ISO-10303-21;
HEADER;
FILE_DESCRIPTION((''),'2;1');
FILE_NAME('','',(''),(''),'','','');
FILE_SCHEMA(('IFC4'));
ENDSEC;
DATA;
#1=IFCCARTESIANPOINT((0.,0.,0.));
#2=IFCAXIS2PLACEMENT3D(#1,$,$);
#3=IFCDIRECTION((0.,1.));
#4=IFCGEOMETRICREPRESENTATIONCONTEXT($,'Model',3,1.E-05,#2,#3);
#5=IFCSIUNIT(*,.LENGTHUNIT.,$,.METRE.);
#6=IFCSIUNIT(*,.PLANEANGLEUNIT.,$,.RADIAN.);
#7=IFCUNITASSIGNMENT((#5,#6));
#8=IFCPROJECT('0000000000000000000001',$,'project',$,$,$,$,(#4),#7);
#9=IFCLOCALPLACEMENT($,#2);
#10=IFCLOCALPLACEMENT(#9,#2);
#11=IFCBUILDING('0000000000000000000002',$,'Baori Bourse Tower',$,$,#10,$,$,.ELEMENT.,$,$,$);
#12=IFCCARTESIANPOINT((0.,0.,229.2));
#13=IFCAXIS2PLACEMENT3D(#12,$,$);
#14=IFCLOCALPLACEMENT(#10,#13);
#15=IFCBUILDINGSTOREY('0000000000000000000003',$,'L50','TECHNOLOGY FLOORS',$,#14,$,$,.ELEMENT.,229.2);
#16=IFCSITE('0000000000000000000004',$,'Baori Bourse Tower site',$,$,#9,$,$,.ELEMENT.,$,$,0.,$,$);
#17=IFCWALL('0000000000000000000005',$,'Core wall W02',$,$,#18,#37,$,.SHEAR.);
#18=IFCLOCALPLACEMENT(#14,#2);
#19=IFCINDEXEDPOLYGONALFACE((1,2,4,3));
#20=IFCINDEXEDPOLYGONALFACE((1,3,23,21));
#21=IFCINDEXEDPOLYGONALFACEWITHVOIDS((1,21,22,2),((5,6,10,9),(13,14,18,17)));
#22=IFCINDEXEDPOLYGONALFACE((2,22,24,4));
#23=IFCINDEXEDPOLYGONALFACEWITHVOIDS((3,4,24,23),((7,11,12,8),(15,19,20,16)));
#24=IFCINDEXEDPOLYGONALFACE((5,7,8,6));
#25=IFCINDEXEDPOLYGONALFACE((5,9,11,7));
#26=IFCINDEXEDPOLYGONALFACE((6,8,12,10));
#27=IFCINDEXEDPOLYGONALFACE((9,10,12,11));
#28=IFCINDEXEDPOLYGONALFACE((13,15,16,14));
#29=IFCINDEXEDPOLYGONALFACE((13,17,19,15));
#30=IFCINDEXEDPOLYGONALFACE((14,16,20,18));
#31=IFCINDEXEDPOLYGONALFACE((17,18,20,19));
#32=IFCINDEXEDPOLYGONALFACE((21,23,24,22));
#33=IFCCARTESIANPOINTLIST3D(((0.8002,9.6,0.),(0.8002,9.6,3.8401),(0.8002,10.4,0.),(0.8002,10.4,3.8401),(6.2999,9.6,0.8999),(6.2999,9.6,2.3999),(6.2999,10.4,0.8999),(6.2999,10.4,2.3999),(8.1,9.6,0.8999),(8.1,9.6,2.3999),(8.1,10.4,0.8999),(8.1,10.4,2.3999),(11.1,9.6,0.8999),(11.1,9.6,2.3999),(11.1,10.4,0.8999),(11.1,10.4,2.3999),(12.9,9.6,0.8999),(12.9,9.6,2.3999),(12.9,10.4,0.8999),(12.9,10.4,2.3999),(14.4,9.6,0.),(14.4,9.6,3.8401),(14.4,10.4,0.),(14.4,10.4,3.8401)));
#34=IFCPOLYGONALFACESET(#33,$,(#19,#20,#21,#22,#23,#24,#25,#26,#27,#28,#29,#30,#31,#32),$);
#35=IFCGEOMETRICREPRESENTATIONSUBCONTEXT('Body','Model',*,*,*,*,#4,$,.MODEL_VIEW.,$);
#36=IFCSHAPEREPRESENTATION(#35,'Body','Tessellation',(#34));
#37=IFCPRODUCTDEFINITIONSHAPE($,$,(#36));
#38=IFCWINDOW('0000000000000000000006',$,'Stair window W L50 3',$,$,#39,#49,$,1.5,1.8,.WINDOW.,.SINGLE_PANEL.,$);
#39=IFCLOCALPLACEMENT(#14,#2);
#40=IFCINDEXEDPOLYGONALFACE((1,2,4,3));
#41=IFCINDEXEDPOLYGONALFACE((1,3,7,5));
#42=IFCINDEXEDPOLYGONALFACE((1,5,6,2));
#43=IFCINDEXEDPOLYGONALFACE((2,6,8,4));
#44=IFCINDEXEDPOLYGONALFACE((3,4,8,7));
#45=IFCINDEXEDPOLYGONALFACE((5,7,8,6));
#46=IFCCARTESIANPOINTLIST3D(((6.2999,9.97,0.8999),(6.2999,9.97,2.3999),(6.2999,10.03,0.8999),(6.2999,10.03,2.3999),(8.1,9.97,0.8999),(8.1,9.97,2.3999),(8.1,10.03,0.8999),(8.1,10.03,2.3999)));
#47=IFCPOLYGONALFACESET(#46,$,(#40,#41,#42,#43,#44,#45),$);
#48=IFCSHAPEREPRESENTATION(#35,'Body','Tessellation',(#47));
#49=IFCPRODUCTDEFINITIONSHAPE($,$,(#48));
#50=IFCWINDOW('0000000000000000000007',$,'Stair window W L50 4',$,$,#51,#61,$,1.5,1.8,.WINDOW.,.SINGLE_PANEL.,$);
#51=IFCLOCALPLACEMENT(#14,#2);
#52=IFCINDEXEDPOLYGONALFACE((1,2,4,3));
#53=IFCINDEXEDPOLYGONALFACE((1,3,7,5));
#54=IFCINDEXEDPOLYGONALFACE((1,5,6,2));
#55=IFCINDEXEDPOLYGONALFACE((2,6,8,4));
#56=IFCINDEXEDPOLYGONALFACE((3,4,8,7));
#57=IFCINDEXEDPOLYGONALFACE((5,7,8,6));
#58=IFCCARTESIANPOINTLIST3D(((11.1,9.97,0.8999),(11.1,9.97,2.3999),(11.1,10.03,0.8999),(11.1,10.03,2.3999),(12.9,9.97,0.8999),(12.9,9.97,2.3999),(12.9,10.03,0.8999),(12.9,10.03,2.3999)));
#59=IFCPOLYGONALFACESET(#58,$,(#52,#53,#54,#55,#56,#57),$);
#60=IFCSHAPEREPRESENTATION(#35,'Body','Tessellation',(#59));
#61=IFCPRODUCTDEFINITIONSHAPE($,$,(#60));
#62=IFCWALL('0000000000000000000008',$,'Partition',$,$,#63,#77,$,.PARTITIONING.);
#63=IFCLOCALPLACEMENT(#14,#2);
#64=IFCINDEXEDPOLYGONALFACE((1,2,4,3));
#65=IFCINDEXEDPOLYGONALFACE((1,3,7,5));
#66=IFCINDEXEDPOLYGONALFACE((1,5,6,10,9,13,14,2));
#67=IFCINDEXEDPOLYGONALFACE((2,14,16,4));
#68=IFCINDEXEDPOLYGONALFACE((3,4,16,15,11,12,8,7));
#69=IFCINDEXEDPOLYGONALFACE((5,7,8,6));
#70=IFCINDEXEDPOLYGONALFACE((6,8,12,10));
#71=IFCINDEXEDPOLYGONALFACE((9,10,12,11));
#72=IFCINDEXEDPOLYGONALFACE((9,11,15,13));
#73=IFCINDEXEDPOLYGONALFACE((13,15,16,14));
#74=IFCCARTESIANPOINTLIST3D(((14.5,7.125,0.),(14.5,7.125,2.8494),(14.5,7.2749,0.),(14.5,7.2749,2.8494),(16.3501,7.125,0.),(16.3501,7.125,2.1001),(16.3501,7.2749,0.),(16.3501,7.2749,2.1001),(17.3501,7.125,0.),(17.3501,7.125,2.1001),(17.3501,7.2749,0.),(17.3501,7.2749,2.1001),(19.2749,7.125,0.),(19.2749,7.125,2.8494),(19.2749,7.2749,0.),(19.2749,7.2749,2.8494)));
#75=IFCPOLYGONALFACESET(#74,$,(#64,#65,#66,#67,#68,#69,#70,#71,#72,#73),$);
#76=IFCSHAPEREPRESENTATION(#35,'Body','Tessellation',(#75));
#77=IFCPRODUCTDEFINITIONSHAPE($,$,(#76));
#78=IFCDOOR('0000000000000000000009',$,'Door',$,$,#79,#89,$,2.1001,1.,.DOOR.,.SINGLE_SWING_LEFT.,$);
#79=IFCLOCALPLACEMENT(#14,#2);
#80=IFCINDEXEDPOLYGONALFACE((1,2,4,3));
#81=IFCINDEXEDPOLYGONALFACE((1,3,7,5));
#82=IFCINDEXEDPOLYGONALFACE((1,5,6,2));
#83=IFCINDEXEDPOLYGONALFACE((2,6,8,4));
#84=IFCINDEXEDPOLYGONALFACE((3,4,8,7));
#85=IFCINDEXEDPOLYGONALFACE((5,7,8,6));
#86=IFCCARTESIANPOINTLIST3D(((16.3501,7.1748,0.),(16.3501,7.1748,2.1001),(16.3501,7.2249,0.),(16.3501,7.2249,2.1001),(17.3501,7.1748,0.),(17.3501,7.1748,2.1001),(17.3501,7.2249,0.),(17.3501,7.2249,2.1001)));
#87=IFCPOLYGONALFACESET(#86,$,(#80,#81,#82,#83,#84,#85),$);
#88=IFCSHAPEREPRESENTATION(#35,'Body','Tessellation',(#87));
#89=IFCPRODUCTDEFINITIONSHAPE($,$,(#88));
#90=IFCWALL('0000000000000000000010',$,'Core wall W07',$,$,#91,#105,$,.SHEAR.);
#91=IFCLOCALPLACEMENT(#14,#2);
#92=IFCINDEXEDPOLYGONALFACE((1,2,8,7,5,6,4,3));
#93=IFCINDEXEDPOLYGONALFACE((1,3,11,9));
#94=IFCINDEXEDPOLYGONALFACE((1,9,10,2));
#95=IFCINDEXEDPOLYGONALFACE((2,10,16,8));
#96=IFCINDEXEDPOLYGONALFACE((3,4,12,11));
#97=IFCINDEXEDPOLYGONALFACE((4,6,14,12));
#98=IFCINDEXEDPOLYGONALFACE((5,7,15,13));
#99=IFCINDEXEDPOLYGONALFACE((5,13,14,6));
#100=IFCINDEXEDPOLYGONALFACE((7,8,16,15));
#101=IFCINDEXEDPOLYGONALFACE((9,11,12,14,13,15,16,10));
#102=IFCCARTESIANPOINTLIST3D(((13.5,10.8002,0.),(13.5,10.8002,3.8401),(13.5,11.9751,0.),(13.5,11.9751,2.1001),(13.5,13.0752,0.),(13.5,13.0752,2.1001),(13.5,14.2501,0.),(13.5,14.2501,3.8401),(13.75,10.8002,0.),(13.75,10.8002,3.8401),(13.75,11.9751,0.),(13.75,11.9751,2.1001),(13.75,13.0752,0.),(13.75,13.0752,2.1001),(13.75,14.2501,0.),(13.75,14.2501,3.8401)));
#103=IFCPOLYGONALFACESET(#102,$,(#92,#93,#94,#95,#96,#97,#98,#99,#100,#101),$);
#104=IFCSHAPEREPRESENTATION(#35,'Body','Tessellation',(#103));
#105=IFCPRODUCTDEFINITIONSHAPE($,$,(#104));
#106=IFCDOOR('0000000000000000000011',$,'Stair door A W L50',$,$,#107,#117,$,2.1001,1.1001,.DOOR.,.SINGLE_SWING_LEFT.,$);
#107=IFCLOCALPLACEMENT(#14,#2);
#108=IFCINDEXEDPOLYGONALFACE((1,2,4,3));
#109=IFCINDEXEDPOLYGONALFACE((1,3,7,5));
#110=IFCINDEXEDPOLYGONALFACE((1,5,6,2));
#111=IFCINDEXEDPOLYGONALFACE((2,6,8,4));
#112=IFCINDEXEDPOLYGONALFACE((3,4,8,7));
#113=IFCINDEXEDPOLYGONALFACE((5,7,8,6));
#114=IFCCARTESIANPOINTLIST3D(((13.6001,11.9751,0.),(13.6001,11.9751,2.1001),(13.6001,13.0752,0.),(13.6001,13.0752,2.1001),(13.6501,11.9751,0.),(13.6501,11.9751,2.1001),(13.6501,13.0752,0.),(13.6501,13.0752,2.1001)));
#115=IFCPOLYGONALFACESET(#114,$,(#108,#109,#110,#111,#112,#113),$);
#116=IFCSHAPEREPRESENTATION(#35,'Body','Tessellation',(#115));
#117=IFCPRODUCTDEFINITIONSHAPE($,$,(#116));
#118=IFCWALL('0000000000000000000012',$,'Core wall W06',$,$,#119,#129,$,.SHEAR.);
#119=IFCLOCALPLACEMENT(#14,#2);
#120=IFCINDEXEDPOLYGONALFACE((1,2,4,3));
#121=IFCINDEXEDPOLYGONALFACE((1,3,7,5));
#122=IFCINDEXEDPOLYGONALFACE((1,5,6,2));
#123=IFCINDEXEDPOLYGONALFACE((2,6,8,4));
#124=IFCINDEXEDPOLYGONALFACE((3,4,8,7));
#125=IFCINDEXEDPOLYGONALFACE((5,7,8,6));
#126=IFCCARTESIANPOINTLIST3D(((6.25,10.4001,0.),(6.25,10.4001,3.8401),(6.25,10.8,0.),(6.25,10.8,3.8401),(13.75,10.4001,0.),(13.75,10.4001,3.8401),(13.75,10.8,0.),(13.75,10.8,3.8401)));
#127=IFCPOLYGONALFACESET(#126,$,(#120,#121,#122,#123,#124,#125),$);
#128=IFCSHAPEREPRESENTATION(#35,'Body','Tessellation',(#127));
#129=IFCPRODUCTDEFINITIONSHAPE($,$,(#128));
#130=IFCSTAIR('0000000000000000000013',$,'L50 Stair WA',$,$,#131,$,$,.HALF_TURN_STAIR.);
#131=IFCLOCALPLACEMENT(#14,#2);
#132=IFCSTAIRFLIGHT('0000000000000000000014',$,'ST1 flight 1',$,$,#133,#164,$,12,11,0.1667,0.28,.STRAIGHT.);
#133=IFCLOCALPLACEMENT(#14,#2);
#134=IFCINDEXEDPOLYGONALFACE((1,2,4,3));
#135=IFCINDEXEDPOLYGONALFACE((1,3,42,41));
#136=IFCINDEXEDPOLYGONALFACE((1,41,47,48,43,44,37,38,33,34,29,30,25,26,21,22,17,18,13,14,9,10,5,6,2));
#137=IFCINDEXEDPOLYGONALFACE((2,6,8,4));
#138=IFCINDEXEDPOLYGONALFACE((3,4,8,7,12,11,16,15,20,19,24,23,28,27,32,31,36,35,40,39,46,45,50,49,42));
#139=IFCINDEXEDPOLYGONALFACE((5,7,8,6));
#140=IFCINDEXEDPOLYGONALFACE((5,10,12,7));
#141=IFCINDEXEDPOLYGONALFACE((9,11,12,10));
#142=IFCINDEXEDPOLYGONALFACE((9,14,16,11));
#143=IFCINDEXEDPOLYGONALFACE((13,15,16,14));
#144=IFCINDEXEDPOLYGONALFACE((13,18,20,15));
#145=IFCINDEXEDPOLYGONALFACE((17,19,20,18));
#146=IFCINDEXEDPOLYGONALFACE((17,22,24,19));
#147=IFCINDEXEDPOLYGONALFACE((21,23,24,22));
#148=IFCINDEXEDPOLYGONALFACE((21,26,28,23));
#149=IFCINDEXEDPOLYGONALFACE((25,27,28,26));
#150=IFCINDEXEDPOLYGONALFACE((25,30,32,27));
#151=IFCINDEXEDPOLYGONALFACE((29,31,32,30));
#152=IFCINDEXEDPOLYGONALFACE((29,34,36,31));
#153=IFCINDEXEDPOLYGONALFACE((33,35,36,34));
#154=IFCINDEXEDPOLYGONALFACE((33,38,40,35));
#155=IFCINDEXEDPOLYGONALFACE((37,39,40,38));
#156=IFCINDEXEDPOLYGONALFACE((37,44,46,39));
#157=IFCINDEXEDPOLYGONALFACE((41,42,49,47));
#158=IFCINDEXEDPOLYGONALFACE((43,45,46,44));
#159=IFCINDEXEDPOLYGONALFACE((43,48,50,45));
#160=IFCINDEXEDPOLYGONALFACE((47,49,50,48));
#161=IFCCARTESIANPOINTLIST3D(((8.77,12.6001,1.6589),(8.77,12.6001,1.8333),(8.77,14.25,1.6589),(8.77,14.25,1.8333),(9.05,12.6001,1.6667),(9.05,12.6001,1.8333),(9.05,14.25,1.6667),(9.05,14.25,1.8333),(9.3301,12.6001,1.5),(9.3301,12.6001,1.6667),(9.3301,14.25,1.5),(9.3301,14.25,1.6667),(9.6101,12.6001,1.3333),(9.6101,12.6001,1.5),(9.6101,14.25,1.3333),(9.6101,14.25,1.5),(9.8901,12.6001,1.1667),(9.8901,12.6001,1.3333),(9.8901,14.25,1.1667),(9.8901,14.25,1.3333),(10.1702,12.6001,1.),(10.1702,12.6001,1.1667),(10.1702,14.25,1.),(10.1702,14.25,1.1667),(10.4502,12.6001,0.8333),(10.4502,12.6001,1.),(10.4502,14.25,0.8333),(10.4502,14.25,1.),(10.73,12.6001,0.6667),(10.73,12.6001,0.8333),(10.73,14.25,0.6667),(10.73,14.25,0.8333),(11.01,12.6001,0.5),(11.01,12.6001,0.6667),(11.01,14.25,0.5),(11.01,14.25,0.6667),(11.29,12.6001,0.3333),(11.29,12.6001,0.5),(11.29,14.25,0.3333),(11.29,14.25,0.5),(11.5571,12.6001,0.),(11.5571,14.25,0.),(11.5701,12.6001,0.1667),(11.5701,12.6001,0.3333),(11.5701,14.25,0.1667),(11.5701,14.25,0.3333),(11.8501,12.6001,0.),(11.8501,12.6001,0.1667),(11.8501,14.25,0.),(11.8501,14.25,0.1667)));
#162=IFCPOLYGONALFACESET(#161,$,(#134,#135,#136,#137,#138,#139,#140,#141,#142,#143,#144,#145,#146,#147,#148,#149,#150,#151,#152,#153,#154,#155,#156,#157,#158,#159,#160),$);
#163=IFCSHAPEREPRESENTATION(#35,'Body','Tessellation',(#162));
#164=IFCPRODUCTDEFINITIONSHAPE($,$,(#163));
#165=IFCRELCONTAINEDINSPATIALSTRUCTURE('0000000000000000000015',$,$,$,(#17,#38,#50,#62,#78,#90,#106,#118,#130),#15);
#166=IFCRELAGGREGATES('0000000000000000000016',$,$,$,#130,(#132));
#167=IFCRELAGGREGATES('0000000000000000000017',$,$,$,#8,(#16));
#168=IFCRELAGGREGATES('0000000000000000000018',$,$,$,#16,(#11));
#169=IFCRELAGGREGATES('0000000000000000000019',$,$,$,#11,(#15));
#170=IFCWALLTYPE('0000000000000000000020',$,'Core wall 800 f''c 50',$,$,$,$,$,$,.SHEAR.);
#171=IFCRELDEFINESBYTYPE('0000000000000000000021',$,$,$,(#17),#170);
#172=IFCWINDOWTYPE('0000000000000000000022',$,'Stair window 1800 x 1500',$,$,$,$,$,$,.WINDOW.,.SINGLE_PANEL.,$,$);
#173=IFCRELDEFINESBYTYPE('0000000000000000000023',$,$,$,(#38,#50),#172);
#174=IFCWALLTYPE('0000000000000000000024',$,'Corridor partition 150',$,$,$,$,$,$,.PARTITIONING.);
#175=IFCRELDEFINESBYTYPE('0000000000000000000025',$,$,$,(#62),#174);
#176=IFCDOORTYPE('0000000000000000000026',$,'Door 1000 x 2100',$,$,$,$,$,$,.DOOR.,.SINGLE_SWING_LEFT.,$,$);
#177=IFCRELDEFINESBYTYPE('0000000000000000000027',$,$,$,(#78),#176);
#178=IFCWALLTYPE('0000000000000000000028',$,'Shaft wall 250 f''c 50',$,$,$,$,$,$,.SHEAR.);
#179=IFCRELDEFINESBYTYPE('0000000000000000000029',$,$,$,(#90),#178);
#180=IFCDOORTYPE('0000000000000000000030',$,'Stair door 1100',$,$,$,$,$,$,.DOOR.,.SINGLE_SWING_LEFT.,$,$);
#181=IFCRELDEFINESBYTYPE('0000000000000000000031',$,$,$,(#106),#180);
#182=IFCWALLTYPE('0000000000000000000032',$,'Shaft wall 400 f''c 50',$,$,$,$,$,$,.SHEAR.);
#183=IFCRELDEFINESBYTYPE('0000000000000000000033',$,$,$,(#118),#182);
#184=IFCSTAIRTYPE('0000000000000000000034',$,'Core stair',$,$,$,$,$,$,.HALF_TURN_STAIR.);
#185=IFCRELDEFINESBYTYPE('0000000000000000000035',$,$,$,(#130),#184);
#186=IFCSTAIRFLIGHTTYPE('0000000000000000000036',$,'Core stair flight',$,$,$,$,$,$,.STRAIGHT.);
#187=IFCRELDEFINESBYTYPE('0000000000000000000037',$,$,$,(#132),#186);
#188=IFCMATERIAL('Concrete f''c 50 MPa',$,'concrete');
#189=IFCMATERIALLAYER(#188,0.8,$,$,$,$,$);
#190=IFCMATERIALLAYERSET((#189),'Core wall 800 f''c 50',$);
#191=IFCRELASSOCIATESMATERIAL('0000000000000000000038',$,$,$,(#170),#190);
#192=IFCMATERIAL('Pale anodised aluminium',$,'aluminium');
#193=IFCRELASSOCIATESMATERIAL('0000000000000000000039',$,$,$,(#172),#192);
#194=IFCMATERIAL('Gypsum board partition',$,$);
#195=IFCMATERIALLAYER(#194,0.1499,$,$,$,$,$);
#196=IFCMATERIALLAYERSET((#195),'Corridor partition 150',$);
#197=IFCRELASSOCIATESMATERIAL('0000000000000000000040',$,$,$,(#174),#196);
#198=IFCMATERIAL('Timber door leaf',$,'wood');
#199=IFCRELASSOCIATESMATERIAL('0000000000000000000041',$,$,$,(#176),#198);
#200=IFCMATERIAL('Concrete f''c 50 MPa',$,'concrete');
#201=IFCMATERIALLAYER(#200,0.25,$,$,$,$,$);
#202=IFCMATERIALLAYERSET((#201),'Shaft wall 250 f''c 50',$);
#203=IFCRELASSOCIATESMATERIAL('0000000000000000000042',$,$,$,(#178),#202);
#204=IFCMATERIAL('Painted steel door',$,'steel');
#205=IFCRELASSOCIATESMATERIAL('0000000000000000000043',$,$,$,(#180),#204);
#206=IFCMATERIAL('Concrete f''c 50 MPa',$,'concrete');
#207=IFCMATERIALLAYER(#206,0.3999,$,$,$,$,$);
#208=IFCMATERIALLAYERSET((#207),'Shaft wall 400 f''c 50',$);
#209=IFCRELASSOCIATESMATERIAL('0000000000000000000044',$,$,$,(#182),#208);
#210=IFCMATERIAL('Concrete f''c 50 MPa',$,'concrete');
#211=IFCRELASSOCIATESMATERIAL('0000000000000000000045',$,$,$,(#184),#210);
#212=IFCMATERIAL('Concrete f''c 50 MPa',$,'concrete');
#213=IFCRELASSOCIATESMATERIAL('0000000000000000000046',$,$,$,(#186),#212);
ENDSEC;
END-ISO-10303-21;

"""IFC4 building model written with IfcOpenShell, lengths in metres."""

from ifc_helpers import new_model, si_unit, direction, frame, frame_2d, origin, place, context, subcontext, project, spatial, polyline, rectangle, outline, extrude, material, layer, layer_set, type_object, element, fill, aggregate, save


model = new_model("IFC4")

# Units and contexts
model_context = context("Model", 3, precision=1e-05, world=origin(), true_north=direction((0.0, 1.0)))
body_context = subcontext(model_context, "Body", "Model", "MODEL_VIEW")
ifc_project = project(units=[si_unit("LENGTHUNIT", "METRE"), si_unit("PLANEANGLEUNIT", "RADIAN")], contexts=[model_context])

# Site, building, storey
site_placement = place(None, origin())
site = spatial("IfcSite", under=ifc_project, at=site_placement, Name="Baori Bourse Tower site", CompositionType="ELEMENT", RefElevation=0.0)
building_placement = place(site_placement, origin())
building = spatial("IfcBuilding", under=site, at=building_placement, Name="Baori Bourse Tower", CompositionType="ELEMENT")
storey_placement = place(building_placement, frame((0.0, 0.0, 229.2)))
storey = spatial("IfcBuildingStorey", under=building, at=storey_placement, Name="L50", Description="TECHNOLOGY FLOORS", CompositionType="ELEMENT", Elevation=229.2)

# Wall, openings, windows
ifc_material_1 = material(Name="Concrete f'c 50 MPa", Category="concrete")
ifc_layer_1 = layer(ifc_material_1, 0.8)
ifc_layer_set_1 = layer_set([ifc_layer_1], Name="Core wall 800 f'c 50")
wall_type_1 = type_object("IfcWallType", Name="Core wall 800 f'c 50", PredefinedType="SHEAR", material=ifc_layer_set_1)
wall_1_placement = place(storey_placement, frame((14.3999, 10.0, 0.0), z_axis=(0.0, 0.0, 1.0), x_axis=(-1.0, 0.0, 0.0)))
wall_1 = element("IfcWall", 1, at=wall_1_placement, inside=storey, type_object=wall_type_1, Name="Core wall W02", PredefinedType="SHEAR", context=body_context, shape_type="SweptSolid", body=[
    extrude(rectangle(XDim=13.5999, YDim=0.8, at=frame_2d((6.7998, 0.0))), origin(), (0.0, 0.0, 1.0), 3.8401),
])
opening_1_placement = place(wall_1_placement, frame((6.3, 0.0, 0.8999)))
opening_1 = element("IfcOpeningElement", 2, at=opening_1_placement, cuts=wall_1, PredefinedType="OPENING", context=body_context, shape_type="SweptSolid", body=[
    extrude(rectangle(XDim=1.8, YDim=1.5, at=frame_2d((0.8999, 0.75))), frame((0.0, 0.4099, 0.0), z_axis=(0.0, -1.0, 0.0), x_axis=(1.0, 0.0, 0.0)), (0.0, 0.0, 1.0), 0.8201),
])
opening_2_placement = place(wall_1_placement, frame((1.5, 0.0, 0.8999)))
opening_2 = element("IfcOpeningElement", 3, at=opening_2_placement, cuts=wall_1, PredefinedType="OPENING", context=body_context, shape_type="SweptSolid", body=[
    extrude(rectangle(XDim=1.8, YDim=1.5, at=frame_2d((0.8999, 0.75))), frame((0.0, 0.4099, 0.0), z_axis=(0.0, -1.0, 0.0), x_axis=(1.0, 0.0, 0.0)), (0.0, 0.0, 1.0), 0.8201),
])
ifc_material_2 = material(Name="Pale anodised aluminium", Category="aluminium")
window_type = type_object("IfcWindowType", Name="Stair window 1800 x 1500", PartitioningType="SINGLE_PANEL", PredefinedType="WINDOW", material=ifc_material_2)
window_1_placement = place(opening_1_placement, origin())
window_1 = element("IfcWindow", 4, at=window_1_placement, inside=storey, type_object=window_type, Name="Stair window W L50 3", OverallHeight=1.5, OverallWidth=1.8, PartitioningType="SINGLE_PANEL", PredefinedType="WINDOW", context=body_context, shape_type="SweptSolid", body=[
    extrude(rectangle(XDim=1.8, YDim=1.5, at=frame_2d((0.8999, 0.75))), frame((0.0, 0.03, 0.0), z_axis=(0.0, -1.0, 0.0), x_axis=(1.0, 0.0, 0.0)), (0.0, 0.0, 1.0), 0.0601),
])
fill(opening_1, window_1)
window_2_placement = place(opening_2_placement, origin())
window_2 = element("IfcWindow", 5, at=window_2_placement, inside=storey, type_object=window_type, Name="Stair window W L50 4", OverallHeight=1.5, OverallWidth=1.8, PartitioningType="SINGLE_PANEL", PredefinedType="WINDOW", context=body_context, shape_type="SweptSolid", body=[
    extrude(rectangle(XDim=1.8, YDim=1.5, at=frame_2d((0.8999, 0.75))), frame((0.0, 0.03, 0.0), z_axis=(0.0, -1.0, 0.0), x_axis=(1.0, 0.0, 0.0)), (0.0, 0.0, 1.0), 0.0601),
])
fill(opening_2, window_2)

# Walls, openings, doors
ifc_material_3 = material(Name="Gypsum board partition")
ifc_layer_2 = layer(ifc_material_3, 0.1499)
ifc_layer_set_2 = layer_set([ifc_layer_2], Name="Corridor partition 150")
wall_type_2 = type_object("IfcWallType", Name="Corridor partition 150", PredefinedType="PARTITIONING", material=ifc_layer_set_2)
wall_2_placement = place(storey_placement, frame((14.5, 7.2, 0.0), z_axis=(0.0, 0.0, 1.0), x_axis=(1.0, 0.0, 0.0)))
wall_2 = element("IfcWall", 6, at=wall_2_placement, inside=storey, type_object=wall_type_2, Name="Partition", PredefinedType="PARTITIONING", context=body_context, shape_type="SweptSolid", body=[
    extrude(rectangle(XDim=4.7749, YDim=0.1499, at=frame_2d((2.3875, 0.0))), origin(), (0.0, 0.0, 1.0), 2.8494),
])
opening_3_placement = place(wall_2_placement, frame((1.8501, 0.0, 0.0)))
opening_3 = element("IfcOpeningElement", 7, at=opening_3_placement, cuts=wall_2, PredefinedType="OPENING", context=body_context, shape_type="SweptSolid", body=[
    extrude(rectangle(XDim=1.0, YDim=2.1001, at=frame_2d((0.5, 1.05))), frame((0.0, 0.085, 0.0), z_axis=(0.0, -1.0, 0.0), x_axis=(1.0, 0.0, 0.0)), (0.0, 0.0, 1.0), 0.1699),
])
ifc_material_4 = material(Name="Timber door leaf", Category="wood")
door_type_1 = type_object("IfcDoorType", Name="Door 1000 x 2100", OperationType="SINGLE_SWING_LEFT", PredefinedType="DOOR", material=ifc_material_4)
door_1_placement = place(opening_3_placement, origin())
door_1 = element("IfcDoor", 8, at=door_1_placement, inside=storey, type_object=door_type_1, Name="Door", OperationType="SINGLE_SWING_LEFT", OverallHeight=2.1001, OverallWidth=1.0, PredefinedType="DOOR", context=body_context, shape_type="SweptSolid", body=[
    extrude(rectangle(XDim=1.0, YDim=2.1001, at=frame_2d((0.5, 1.05))), frame((0.0, 0.0249, 0.0), z_axis=(0.0, -1.0, 0.0), x_axis=(1.0, 0.0, 0.0)), (0.0, 0.0, 1.0), 0.05),
])
fill(opening_3, door_1)
ifc_material_5 = material(Name="Concrete f'c 50 MPa", Category="concrete")
ifc_layer_3 = layer(ifc_material_5, 0.25)
ifc_layer_set_3 = layer_set([ifc_layer_3], Name="Shaft wall 250 f'c 50")
wall_type_3 = type_object("IfcWallType", Name="Shaft wall 250 f'c 50", PredefinedType="SHEAR", material=ifc_layer_set_3)
wall_3_placement = place(storey_placement, frame((13.625, 10.8, 0.0), z_axis=(0.0, 0.0, 1.0), x_axis=(0.0, 1.0, 0.0)))
wall_3 = element("IfcWall", 9, at=wall_3_placement, inside=storey, type_object=wall_type_3, Name="Core wall W07", PredefinedType="SHEAR", context=body_context, shape_type="SweptSolid", body=[
    extrude(rectangle(XDim=3.45, YDim=0.25, at=frame_2d((1.7251, 0.0))), origin(), (0.0, 0.0, 1.0), 3.8401),
])
opening_4_placement = place(wall_3_placement, frame((1.175, 0.0, 0.0)))
opening_4 = element("IfcOpeningElement", 10, at=opening_4_placement, cuts=wall_3, PredefinedType="OPENING", context=body_context, shape_type="SweptSolid", body=[
    extrude(rectangle(XDim=1.1001, YDim=2.1001, at=frame_2d((0.55, 1.05))), frame((0.0, 0.135, 0.0), z_axis=(0.0, -1.0, 0.0), x_axis=(1.0, 0.0, 0.0)), (0.0, 0.0, 1.0), 0.27),
])
ifc_material_6 = material(Name="Painted steel door", Category="steel")
door_type_2 = type_object("IfcDoorType", Name="Stair door 1100", OperationType="SINGLE_SWING_LEFT", PredefinedType="DOOR", material=ifc_material_6)
door_2_placement = place(opening_4_placement, origin())
door_2 = element("IfcDoor", 11, at=door_2_placement, inside=storey, type_object=door_type_2, Name="Stair door A W L50", OperationType="SINGLE_SWING_LEFT", OverallHeight=2.1001, OverallWidth=1.1001, PredefinedType="DOOR", context=body_context, shape_type="SweptSolid", body=[
    extrude(rectangle(XDim=1.1001, YDim=2.1001, at=frame_2d((0.55, 1.05))), frame((0.0, 0.0249, 0.0), z_axis=(0.0, -1.0, 0.0), x_axis=(1.0, 0.0, 0.0)), (0.0, 0.0, 1.0), 0.05),
])
fill(opening_4, door_2)

# Wall
ifc_material_7 = material(Name="Concrete f'c 50 MPa", Category="concrete")
ifc_layer_4 = layer(ifc_material_7, 0.3999)
ifc_layer_set_4 = layer_set([ifc_layer_4], Name="Shaft wall 400 f'c 50")
wall_type_4 = type_object("IfcWallType", Name="Shaft wall 400 f'c 50", PredefinedType="SHEAR", material=ifc_layer_set_4)
wall_4_placement = place(storey_placement, frame((6.25, 10.6001, 0.0), z_axis=(0.0, 0.0, 1.0), x_axis=(1.0, 0.0, 0.0)))
element("IfcWall", 12, at=wall_4_placement, inside=storey, type_object=wall_type_4, Name="Core wall W06", PredefinedType="SHEAR", context=body_context, shape_type="SweptSolid", body=[
    extrude(rectangle(XDim=7.5, YDim=0.3999, at=frame_2d((3.75, 0.0))), origin(), (0.0, 0.0, 1.0), 3.8401),
])

# Stair, stair flight
ifc_material_8 = material(Name="Concrete f'c 50 MPa", Category="concrete")
stair_type = type_object("IfcStairType", Name="Core stair", PredefinedType="HALF_TURN_STAIR", material=ifc_material_8)
stair_placement = place(storey_placement, origin())
stair = element("IfcStair", 13, at=stair_placement, inside=storey, type_object=stair_type, Name="L50 Stair WA", PredefinedType="HALF_TURN_STAIR")
ifc_material_9 = material(Name="Concrete f'c 50 MPa", Category="concrete")
stair_flight_type = type_object("IfcStairFlightType", Name="Core stair flight", PredefinedType="STRAIGHT", material=ifc_material_9)
stair_flight_1_placement = place(storey_placement, frame((11.8501, 13.425, 0.0), z_axis=(0.0, 0.0, 1.0), x_axis=(-1.0, 0.0, 0.0)))
stair_flight_1 = element("IfcStairFlight", 14, at=stair_flight_1_placement, type_object=stair_flight_type, Name="ST1 flight 1", NumberOfRisers=12, NumberOfTreads=11, PredefinedType="STRAIGHT", RiserHeight=0.1667, TreadLength=0.28, context=body_context, shape_type="SweptSolid", body=[
    extrude(outline(polyline([(0.0, 0.0), (0.0, 0.1667), (0.28, 0.1667), (0.28, 0.3333), (0.5601, 0.3333), (0.5601, 0.5), (0.8401, 0.5), (0.8401, 0.6667), (1.1201, 0.6667), (1.1201, 0.8333), (1.3999, 0.8333), (1.3999, 1.0), (1.6799, 1.0), (1.6799, 1.1667), (1.96, 1.1667), (1.96, 1.3333), (2.24, 1.3333), (2.24, 1.5), (2.52, 1.5), (2.52, 1.6667), (2.8, 1.6667), (2.8, 1.8333), (3.0801, 1.8333), (3.0801, 2.0), (3.0801, 1.6589), (0.293, 0.0), (0.0, 0.0)])), frame((0.0, 0.825, 0.0), z_axis=(0.0, -1.0, 0.0), x_axis=(1.0, 0.0, 0.0)), (0.0, 0.0, 1.0), 1.6499),
])
aggregate(stair, [stair_flight_1])

save(model, "model.ifc")
